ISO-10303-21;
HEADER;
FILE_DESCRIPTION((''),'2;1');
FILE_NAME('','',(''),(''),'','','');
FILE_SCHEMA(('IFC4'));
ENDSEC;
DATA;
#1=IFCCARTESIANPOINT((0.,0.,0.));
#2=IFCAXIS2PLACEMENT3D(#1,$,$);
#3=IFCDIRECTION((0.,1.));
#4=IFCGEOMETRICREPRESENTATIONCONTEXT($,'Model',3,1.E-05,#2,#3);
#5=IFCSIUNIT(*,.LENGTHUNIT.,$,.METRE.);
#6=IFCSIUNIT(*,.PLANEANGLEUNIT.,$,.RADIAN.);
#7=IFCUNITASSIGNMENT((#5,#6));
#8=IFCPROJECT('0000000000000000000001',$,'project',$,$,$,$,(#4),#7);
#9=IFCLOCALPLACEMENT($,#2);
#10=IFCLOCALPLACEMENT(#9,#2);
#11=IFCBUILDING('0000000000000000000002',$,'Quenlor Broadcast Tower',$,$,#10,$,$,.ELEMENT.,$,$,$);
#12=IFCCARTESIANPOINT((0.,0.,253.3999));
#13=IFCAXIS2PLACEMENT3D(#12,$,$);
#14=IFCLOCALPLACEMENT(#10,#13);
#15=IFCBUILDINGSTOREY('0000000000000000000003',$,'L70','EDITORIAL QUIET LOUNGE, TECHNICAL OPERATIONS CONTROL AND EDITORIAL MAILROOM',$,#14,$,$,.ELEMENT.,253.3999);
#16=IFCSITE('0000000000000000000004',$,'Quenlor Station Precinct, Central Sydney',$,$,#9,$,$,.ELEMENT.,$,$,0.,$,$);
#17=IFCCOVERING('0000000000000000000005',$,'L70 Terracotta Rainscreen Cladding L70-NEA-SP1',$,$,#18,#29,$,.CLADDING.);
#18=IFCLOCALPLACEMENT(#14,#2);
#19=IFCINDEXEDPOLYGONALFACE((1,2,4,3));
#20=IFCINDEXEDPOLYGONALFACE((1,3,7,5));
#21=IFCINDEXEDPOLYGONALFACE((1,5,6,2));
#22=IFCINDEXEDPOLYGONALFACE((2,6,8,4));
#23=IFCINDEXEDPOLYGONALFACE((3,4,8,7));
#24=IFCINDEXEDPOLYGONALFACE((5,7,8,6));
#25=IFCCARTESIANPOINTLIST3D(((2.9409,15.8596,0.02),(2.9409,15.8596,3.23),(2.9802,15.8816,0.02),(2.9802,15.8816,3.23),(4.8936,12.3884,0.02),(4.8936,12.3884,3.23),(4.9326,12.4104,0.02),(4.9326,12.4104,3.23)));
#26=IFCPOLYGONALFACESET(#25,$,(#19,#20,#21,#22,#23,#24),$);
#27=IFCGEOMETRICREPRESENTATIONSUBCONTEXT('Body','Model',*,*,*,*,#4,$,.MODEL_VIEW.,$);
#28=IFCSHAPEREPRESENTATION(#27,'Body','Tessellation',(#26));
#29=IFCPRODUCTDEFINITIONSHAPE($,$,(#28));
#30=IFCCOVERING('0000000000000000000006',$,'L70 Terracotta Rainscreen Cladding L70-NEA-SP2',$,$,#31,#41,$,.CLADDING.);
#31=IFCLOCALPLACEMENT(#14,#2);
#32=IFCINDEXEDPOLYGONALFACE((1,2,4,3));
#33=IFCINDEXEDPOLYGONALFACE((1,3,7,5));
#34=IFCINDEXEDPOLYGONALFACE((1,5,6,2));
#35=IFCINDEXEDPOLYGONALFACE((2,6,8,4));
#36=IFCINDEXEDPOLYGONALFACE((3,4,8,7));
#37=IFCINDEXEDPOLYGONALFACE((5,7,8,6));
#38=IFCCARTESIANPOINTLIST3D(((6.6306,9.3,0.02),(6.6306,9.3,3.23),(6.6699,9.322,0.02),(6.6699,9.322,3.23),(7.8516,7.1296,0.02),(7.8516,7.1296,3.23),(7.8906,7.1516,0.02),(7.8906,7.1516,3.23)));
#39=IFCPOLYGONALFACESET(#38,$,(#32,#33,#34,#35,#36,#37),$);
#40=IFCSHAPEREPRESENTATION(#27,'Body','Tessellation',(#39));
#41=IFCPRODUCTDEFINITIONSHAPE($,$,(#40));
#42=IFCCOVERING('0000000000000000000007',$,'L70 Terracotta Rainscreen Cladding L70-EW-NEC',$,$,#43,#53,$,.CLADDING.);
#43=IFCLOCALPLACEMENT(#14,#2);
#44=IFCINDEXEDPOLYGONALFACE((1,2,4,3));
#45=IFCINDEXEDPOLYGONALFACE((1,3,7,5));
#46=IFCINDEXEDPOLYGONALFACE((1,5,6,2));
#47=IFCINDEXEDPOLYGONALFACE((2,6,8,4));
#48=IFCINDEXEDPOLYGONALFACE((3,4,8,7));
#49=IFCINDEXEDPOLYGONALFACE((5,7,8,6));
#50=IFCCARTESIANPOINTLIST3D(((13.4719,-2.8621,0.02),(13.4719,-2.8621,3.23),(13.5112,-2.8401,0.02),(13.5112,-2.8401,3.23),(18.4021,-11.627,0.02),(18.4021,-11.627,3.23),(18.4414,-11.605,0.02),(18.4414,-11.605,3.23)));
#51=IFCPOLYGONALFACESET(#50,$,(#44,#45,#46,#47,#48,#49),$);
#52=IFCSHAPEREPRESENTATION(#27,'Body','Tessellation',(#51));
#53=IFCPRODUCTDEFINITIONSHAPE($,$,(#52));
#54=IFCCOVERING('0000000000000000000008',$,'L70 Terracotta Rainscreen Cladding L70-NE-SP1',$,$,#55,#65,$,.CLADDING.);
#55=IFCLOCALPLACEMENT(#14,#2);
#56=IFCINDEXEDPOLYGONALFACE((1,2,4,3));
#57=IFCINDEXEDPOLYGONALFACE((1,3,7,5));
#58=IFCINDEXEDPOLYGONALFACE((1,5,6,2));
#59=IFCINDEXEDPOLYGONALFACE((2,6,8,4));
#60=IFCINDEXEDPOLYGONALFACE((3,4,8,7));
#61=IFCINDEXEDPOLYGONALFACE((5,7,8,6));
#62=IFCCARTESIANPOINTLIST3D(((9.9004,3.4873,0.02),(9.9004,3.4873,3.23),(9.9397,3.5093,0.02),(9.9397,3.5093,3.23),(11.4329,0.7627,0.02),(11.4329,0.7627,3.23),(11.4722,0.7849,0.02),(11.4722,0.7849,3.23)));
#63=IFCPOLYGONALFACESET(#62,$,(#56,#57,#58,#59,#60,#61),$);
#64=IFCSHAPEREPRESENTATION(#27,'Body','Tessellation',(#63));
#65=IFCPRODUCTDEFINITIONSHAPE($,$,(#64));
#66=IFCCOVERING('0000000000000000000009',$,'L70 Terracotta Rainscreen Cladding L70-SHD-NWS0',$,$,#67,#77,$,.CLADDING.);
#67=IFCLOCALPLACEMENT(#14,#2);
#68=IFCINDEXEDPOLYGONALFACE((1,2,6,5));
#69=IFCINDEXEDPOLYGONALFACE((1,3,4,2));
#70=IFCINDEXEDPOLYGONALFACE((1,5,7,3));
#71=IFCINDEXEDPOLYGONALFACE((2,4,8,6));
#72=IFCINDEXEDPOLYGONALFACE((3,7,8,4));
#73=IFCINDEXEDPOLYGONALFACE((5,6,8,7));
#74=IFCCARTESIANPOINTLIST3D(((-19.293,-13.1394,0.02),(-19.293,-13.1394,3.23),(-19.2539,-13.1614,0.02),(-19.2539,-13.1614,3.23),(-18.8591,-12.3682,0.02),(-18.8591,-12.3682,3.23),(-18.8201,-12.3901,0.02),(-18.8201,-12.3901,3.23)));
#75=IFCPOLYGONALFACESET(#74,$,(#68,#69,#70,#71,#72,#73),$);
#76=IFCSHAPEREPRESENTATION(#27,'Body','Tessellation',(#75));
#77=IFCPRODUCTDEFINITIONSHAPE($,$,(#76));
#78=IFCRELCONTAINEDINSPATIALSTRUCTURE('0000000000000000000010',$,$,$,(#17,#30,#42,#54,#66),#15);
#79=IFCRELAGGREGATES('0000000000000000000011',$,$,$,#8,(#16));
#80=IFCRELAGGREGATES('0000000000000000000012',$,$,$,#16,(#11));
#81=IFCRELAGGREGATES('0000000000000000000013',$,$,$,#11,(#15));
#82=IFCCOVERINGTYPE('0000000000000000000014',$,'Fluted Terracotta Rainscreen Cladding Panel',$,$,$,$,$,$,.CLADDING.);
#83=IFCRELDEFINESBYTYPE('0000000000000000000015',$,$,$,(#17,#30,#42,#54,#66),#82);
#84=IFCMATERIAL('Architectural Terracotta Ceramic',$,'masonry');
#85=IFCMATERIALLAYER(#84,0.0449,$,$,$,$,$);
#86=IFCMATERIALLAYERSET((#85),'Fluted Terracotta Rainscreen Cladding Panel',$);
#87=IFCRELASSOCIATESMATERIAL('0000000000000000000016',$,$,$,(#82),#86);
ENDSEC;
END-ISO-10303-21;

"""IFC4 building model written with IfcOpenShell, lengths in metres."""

from ifc_helpers import new_model, si_unit, direction, frame, origin, place, context, subcontext, project, spatial, polyline, outline, extrude, material, layer, layer_set, type_object, element, save


model = new_model("IFC4")

# Units and contexts
model_context = context("Model", 3, precision=1e-05, world=origin(), true_north=direction((0.0, 1.0)))
body_context = subcontext(model_context, "Body", "Model", "MODEL_VIEW")
ifc_project = project(units=[si_unit("LENGTHUNIT", "METRE"), si_unit("PLANEANGLEUNIT", "RADIAN")], contexts=[model_context])

# Site, building, storey
site_placement = place(None, origin())
site = spatial("IfcSite", under=ifc_project, at=site_placement, Name="Quenlor Station Precinct, Central Sydney", CompositionType="ELEMENT", RefElevation=0.0)
building_placement = place(site_placement, origin())
building = spatial("IfcBuilding", under=site, at=building_placement, Name="Quenlor Broadcast Tower", CompositionType="ELEMENT")
storey_placement = place(building_placement, frame((0.0, 0.0, 253.3999)))
storey = spatial("IfcBuildingStorey", under=building, at=storey_placement, Name="L70", Description="EDITORIAL QUIET LOUNGE, TECHNICAL OPERATIONS CONTROL AND EDITORIAL MAILROOM", CompositionType="ELEMENT", Elevation=253.3999)

# Coverings
ifc_material_1 = material(Name="Architectural Terracotta Ceramic", Category="masonry")
ifc_layer_1 = layer(ifc_material_1, 0.0449)
ifc_layer_set_1 = layer_set([ifc_layer_1], Name="Fluted Terracotta Rainscreen Cladding Panel")
covering_type = type_object("IfcCoveringType", Name="Fluted Terracotta Rainscreen Cladding Panel", PredefinedType="CLADDING", material=ifc_layer_set_1)
covering_1_placement = place(storey_placement, frame((0.0, 0.0, 0.02)))
element("IfcCovering", 1, at=covering_1_placement, inside=storey, type_object=covering_type, Name="L70 Terracotta Rainscreen Cladding L70-NEA-SP1", PredefinedType="CLADDING", context=body_context, shape_type="SweptSolid", body=[
    extrude(outline(polyline([(2.9409, 15.8596), (4.8936, 12.3884), (4.9326, 12.4104), (2.9802, 15.8816), (2.9409, 15.8596)])), origin(), (0.0, 0.0, 1.0), 3.21),
])
covering_2_placement = place(storey_placement, frame((0.0, 0.0, 0.02)))
element("IfcCovering", 2, at=covering_2_placement, inside=storey, type_object=covering_type, Name="L70 Terracotta Rainscreen Cladding L70-NEA-SP2", PredefinedType="CLADDING", context=body_context, shape_type="SweptSolid", body=[
    extrude(outline(polyline([(6.6306, 9.3), (7.8516, 7.1296), (7.8906, 7.1516), (6.6699, 9.322), (6.6306, 9.3)])), origin(), (0.0, 0.0, 1.0), 3.21),
])
covering_3_placement = place(storey_placement, frame((0.0, 0.0, 0.02)))
element("IfcCovering", 3, at=covering_3_placement, inside=storey, type_object=covering_type, Name="L70 Terracotta Rainscreen Cladding L70-EW-NEC", PredefinedType="CLADDING", context=body_context, shape_type="SweptSolid", body=[
    extrude(outline(polyline([(13.4719, -2.8621), (18.4021, -11.627), (18.4414, -11.605), (13.5112, -2.8401), (13.4719, -2.8621)])), origin(), (0.0, 0.0, 1.0), 3.21),
])
covering_4_placement = place(storey_placement, frame((0.0, 0.0, 0.02)))
element("IfcCovering", 4, at=covering_4_placement, inside=storey, type_object=covering_type, Name="L70 Terracotta Rainscreen Cladding L70-NE-SP1", PredefinedType="CLADDING", context=body_context, shape_type="SweptSolid", body=[
    extrude(outline(polyline([(9.9004, 3.4873), (11.4329, 0.7627), (11.4722, 0.7849), (9.9397, 3.5093), (9.9004, 3.4873)])), origin(), (0.0, 0.0, 1.0), 3.21),
])
covering_5_placement = place(storey_placement, frame((0.0, 0.0, 0.02)))
element("IfcCovering", 5, at=covering_5_placement, inside=storey, type_object=covering_type, Name="L70 Terracotta Rainscreen Cladding L70-SHD-NWS0", PredefinedType="CLADDING", context=body_context, shape_type="SweptSolid", body=[
    extrude(outline(polyline([(-19.2539, -13.1614), (-18.8201, -12.3901), (-18.8591, -12.3682), (-19.293, -13.1394), (-19.2539, -13.1614)])), origin(), (0.0, 0.0, 1.0), 3.21),
])

save(model, "model.ifc")
